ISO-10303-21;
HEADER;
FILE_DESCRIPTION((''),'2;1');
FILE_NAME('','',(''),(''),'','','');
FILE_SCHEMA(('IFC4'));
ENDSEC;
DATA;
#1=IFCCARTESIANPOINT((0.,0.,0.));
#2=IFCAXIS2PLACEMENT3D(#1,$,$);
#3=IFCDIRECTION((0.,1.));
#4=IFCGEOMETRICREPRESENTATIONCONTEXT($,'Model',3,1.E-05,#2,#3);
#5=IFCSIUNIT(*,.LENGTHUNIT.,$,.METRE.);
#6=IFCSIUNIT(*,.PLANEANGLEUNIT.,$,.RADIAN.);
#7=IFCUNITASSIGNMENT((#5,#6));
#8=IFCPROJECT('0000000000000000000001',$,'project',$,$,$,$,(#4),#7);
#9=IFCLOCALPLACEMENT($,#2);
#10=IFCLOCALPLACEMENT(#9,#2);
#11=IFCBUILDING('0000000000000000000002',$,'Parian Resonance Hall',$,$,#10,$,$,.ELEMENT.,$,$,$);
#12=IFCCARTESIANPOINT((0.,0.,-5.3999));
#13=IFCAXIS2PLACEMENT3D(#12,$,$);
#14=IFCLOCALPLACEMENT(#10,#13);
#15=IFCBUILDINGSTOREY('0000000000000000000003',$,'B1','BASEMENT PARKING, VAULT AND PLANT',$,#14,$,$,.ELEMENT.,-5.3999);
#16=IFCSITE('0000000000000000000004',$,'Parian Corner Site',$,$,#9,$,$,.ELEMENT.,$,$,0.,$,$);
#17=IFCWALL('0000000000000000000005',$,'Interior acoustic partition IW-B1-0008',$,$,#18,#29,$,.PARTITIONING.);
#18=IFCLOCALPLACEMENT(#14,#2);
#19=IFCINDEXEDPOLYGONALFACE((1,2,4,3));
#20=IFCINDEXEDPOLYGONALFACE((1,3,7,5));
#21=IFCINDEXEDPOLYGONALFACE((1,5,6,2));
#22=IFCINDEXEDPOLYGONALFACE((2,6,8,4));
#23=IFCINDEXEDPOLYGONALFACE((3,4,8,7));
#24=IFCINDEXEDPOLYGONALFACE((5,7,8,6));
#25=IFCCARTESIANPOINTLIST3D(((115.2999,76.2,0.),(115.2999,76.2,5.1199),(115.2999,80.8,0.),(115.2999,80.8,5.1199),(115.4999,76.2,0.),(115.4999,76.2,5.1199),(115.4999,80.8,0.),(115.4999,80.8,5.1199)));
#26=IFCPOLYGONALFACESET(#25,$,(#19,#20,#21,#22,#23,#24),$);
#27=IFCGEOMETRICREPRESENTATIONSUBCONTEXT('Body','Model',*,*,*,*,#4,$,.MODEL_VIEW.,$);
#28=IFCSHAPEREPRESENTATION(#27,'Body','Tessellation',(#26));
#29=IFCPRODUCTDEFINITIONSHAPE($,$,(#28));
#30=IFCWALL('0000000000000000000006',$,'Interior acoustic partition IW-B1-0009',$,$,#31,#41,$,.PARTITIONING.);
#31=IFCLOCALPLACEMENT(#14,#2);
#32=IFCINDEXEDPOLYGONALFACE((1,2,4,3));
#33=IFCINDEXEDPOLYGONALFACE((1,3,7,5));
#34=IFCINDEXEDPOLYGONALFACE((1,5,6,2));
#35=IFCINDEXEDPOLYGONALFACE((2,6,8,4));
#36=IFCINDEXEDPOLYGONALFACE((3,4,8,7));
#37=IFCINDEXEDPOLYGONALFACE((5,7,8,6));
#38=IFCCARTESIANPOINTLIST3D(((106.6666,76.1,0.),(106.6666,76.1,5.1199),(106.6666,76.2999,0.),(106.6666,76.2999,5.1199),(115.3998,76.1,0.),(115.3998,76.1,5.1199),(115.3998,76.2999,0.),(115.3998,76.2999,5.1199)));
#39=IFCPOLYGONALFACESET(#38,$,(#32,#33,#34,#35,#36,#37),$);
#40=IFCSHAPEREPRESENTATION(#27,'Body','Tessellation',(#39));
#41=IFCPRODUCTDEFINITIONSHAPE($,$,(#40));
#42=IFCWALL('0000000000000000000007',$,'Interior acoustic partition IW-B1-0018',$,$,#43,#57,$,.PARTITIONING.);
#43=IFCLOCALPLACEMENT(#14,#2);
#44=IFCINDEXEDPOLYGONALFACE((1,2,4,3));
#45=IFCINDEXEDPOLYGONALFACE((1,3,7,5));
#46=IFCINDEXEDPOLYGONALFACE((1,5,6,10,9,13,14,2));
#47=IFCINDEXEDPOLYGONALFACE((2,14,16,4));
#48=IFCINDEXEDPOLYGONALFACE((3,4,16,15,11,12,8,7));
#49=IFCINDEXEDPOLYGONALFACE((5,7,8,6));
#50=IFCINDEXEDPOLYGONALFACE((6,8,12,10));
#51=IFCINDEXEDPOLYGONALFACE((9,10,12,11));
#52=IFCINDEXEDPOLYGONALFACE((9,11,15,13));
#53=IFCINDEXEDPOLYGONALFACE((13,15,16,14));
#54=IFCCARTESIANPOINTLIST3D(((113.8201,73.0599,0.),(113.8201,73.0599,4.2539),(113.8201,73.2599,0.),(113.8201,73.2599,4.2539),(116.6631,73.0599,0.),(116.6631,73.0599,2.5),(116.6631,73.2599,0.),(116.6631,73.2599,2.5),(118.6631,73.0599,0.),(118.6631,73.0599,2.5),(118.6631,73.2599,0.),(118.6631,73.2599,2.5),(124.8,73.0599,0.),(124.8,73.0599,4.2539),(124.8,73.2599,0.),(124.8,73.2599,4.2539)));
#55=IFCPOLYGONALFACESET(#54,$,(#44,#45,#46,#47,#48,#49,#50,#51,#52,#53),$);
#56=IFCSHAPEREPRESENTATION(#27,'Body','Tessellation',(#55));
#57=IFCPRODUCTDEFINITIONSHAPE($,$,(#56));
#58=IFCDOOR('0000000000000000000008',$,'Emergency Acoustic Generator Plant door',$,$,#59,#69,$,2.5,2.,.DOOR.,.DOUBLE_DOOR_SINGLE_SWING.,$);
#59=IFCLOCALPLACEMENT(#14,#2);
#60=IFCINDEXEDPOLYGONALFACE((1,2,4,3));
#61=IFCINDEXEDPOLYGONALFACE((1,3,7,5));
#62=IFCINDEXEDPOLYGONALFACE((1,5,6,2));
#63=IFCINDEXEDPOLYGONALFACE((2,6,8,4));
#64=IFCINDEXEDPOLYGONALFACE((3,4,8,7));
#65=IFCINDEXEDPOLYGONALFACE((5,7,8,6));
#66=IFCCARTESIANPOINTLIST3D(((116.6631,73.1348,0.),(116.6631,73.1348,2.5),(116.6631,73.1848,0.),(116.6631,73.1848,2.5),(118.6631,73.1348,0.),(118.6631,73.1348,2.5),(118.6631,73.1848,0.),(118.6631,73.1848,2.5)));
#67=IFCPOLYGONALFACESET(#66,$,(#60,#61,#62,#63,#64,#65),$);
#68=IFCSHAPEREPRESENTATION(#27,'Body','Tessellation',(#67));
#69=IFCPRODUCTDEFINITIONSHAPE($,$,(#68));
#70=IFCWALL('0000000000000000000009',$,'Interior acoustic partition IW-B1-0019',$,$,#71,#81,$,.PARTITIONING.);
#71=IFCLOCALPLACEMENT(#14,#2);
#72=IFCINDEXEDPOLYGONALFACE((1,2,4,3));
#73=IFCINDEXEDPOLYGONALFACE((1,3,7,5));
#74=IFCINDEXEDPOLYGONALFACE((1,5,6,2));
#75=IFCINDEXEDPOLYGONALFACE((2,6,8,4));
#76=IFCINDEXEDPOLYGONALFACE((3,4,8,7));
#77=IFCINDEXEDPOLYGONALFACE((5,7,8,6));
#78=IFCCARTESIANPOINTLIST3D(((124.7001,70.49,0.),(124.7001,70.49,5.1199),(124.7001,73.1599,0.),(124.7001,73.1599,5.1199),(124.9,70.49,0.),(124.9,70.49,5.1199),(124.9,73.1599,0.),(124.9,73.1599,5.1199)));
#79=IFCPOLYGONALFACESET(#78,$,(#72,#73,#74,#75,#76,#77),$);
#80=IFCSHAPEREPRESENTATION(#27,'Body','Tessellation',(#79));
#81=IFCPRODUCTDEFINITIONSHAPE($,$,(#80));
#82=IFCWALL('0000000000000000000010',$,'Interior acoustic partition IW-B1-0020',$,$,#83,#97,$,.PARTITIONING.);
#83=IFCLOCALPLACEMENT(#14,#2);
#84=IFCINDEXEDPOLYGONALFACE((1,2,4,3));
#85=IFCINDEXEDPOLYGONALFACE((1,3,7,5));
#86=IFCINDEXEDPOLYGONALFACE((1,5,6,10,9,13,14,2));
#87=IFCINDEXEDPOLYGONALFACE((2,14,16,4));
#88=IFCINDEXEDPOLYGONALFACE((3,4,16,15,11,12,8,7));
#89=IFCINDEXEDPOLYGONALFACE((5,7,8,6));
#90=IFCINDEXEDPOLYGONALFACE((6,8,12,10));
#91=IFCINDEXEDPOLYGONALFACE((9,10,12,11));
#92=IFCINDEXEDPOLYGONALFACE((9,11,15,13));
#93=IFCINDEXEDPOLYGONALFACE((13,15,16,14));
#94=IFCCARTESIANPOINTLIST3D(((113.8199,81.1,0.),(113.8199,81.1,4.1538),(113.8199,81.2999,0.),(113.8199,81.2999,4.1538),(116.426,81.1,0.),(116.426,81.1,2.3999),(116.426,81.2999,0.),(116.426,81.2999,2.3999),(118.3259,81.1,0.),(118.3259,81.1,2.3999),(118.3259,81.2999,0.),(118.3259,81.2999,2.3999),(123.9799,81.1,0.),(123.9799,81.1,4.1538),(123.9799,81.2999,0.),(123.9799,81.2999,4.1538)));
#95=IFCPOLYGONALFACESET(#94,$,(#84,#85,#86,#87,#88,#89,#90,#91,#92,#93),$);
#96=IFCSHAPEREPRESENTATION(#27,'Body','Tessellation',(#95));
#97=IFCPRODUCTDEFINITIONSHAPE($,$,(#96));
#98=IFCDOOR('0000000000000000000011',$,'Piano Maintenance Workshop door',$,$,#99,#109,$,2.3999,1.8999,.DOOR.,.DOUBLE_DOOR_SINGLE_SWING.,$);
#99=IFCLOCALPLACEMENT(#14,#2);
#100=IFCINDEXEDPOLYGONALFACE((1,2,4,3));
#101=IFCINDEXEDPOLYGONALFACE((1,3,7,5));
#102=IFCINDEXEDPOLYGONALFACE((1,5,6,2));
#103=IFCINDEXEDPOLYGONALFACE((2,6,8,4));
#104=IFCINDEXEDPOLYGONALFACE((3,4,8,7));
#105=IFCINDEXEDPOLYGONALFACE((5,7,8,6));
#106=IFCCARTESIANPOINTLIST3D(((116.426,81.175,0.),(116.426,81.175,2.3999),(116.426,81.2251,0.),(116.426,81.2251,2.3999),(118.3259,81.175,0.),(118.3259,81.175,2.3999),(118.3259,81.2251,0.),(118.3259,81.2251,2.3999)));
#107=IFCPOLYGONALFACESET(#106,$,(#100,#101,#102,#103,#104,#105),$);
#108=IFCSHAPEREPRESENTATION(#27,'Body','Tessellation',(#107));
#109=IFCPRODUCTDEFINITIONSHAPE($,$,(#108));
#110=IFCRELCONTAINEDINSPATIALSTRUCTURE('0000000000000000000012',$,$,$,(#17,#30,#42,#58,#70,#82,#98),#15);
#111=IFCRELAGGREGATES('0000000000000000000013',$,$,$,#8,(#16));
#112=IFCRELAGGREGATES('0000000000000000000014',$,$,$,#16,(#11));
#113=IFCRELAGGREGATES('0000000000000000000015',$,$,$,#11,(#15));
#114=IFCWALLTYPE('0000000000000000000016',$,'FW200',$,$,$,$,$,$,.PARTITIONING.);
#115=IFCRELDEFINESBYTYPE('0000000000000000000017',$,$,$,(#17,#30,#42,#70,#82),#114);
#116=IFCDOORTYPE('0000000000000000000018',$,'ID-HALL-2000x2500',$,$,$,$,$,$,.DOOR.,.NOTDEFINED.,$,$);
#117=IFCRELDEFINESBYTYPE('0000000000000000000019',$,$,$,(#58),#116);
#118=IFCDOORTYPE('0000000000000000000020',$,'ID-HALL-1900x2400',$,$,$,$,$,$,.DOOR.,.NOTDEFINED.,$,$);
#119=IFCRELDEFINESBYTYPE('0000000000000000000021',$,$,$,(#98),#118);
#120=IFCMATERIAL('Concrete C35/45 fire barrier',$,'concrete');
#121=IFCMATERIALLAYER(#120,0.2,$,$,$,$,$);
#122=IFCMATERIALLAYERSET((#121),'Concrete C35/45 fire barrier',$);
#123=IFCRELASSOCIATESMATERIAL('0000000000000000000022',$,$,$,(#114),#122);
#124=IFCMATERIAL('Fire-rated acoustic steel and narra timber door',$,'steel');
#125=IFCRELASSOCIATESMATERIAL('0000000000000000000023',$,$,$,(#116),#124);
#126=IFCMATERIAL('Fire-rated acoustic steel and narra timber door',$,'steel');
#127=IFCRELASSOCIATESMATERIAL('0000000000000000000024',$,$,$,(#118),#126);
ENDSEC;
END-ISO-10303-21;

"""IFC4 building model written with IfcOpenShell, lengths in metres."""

from ifc_helpers import new_model, si_unit, direction, frame, frame_2d, origin, place, context, subcontext, project, spatial, rectangle, extrude, material, layer, layer_set, type_object, element, fill, save


model = new_model("IFC4")

# Units and contexts
model_context = context("Model", 3, precision=1e-05, world=origin(), true_north=direction((0.0, 1.0)))
body_context = subcontext(model_context, "Body", "Model", "MODEL_VIEW")
ifc_project = project(units=[si_unit("LENGTHUNIT", "METRE"), si_unit("PLANEANGLEUNIT", "RADIAN")], contexts=[model_context])

# Site, building, storey
site_placement = place(None, origin())
site = spatial("IfcSite", under=ifc_project, at=site_placement, Name="Parian Corner Site", CompositionType="ELEMENT", RefElevation=0.0)
building_placement = place(site_placement, origin())
building = spatial("IfcBuilding", under=site, at=building_placement, Name="Parian Resonance Hall", CompositionType="ELEMENT")
storey_placement = place(building_placement, frame((0.0, 0.0, -5.3999)))
storey = spatial("IfcBuildingStorey", under=building, at=storey_placement, Name="B1", Description="BASEMENT PARKING, VAULT AND PLANT", CompositionType="ELEMENT", Elevation=-5.3999)

# Walls
ifc_material_1 = material(Name="Concrete C35/45 fire barrier", Category="concrete")
ifc_layer_1 = layer(ifc_material_1, 0.2)
ifc_layer_set_1 = layer_set([ifc_layer_1], Name="Concrete C35/45 fire barrier")
wall_type_1 = type_object("IfcWallType", Name="FW200", PredefinedType="PARTITIONING", material=ifc_layer_set_1)
wall_1_placement = place(storey_placement, frame((115.3999, 80.8, 0.0), z_axis=(0.0, 0.0, 1.0), x_axis=(0.0, -1.0, 0.0)))
element("IfcWall", 1, at=wall_1_placement, inside=storey, type_object=wall_type_1, Name="Interior acoustic partition IW-B1-0008", PredefinedType="PARTITIONING", context=body_context, shape_type="SweptSolid", body=[
    extrude(rectangle(XDim=4.6001, YDim=0.2, at=frame_2d((2.3, 0.0))), origin(), (0.0, 0.0, 1.0), 5.1199),
])
wall_2_placement = place(storey_placement, frame((115.3999, 76.2, 0.0), z_axis=(0.0, 0.0, 1.0), x_axis=(-1.0, 0.0, 0.0)))
element("IfcWall", 2, at=wall_2_placement, inside=storey, type_object=wall_type_1, Name="Interior acoustic partition IW-B1-0009", PredefinedType="PARTITIONING", context=body_context, shape_type="SweptSolid", body=[
    extrude(rectangle(XDim=8.7332, YDim=0.2, at=frame_2d((4.3667, 0.0))), origin(), (0.0, 0.0, 1.0), 5.1199),
])

# Wall, opening, door
wall_3_placement = place(storey_placement, frame((113.8201, 73.1599, 0.0), z_axis=(0.0, 0.0, 1.0), x_axis=(1.0, 0.0, 0.0)))
wall_3 = element("IfcWall", 3, at=wall_3_placement, inside=storey, type_object=wall_type_1, Name="Interior acoustic partition IW-B1-0018", PredefinedType="PARTITIONING", context=body_context, shape_type="SweptSolid", body=[
    extrude(rectangle(XDim=10.98, YDim=0.2, at=frame_2d((5.49, 0.0))), origin(), (0.0, 0.0, 1.0), 4.2539),
])
opening_1_placement = place(wall_3_placement, frame((2.843, 0.0, 0.0)))
opening_1 = element("IfcOpeningElement", 4, at=opening_1_placement, cuts=wall_3, PredefinedType="OPENING", context=body_context, shape_type="SweptSolid", body=[
    extrude(rectangle(XDim=2.0, YDim=2.5, at=frame_2d((1.0, 1.25))), frame((0.0, 0.1099, 0.0), z_axis=(0.0, -1.0, 0.0), x_axis=(1.0, 0.0, 0.0)), (0.0, 0.0, 1.0), 0.22),
])
ifc_material_2 = material(Name="Fire-rated acoustic steel and narra timber door", Category="steel")
door_type_1 = type_object("IfcDoorType", Name="ID-HALL-2000x2500", OperationType="NOTDEFINED", PredefinedType="DOOR", material=ifc_material_2)
door_1_placement = place(opening_1_placement, origin())
door_1 = element("IfcDoor", 5, at=door_1_placement, inside=storey, type_object=door_type_1, Name="Emergency Acoustic Generator Plant door", OperationType="DOUBLE_DOOR_SINGLE_SWING", OverallHeight=2.5, OverallWidth=2.0, PredefinedType="DOOR", context=body_context, shape_type="SweptSolid", body=[
    extrude(rectangle(XDim=2.0, YDim=2.5, at=frame_2d((1.0, 1.25))), frame((0.0, 0.0249, 0.0), z_axis=(0.0, -1.0, 0.0), x_axis=(1.0, 0.0, 0.0)), (0.0, 0.0, 1.0), 0.05),
])
fill(opening_1, door_1)

# Wall
wall_4_placement = place(storey_placement, frame((124.8, 73.1599, 0.0), z_axis=(0.0, 0.0, 1.0), x_axis=(0.0, -1.0, 0.0)))
element("IfcWall", 6, at=wall_4_placement, inside=storey, type_object=wall_type_1, Name="Interior acoustic partition IW-B1-0019", PredefinedType="PARTITIONING", context=body_context, shape_type="SweptSolid", body=[
    extrude(rectangle(XDim=2.6699, YDim=0.2, at=frame_2d((1.335, 0.0))), origin(), (0.0, 0.0, 1.0), 5.1199),
])

# Wall, opening, door
wall_5_placement = place(storey_placement, frame((123.98, 81.2, 0.0), z_axis=(0.0, 0.0, 1.0), x_axis=(-1.0, 0.0, 0.0)))
wall_5 = element("IfcWall", 7, at=wall_5_placement, inside=storey, type_object=wall_type_1, Name="Interior acoustic partition IW-B1-0020", PredefinedType="PARTITIONING", context=body_context, shape_type="SweptSolid", body=[
    extrude(rectangle(XDim=10.1599, YDim=0.2, at=frame_2d((5.0801, 0.0))), origin(), (0.0, 0.0, 1.0), 4.1538),
])
opening_2_placement = place(wall_5_placement, frame((5.6541, 0.0, 0.0)))
opening_2 = element("IfcOpeningElement", 8, at=opening_2_placement, cuts=wall_5, PredefinedType="OPENING", context=body_context, shape_type="SweptSolid", body=[
    extrude(rectangle(XDim=1.8999, YDim=2.3999, at=frame_2d((0.95, 1.2))), frame((0.0, 0.1099, 0.0), z_axis=(0.0, -1.0, 0.0), x_axis=(1.0, 0.0, 0.0)), (0.0, 0.0, 1.0), 0.22),
])
ifc_material_3 = material(Name="Fire-rated acoustic steel and narra timber door", Category="steel")
door_type_2 = type_object("IfcDoorType", Name="ID-HALL-1900x2400", OperationType="NOTDEFINED", PredefinedType="DOOR", material=ifc_material_3)
door_2_placement = place(opening_2_placement, origin())
door_2 = element("IfcDoor", 9, at=door_2_placement, inside=storey, type_object=door_type_2, Name="Piano Maintenance Workshop door", OperationType="DOUBLE_DOOR_SINGLE_SWING", OverallHeight=2.3999, OverallWidth=1.8999, PredefinedType="DOOR", context=body_context, shape_type="SweptSolid", body=[
    extrude(rectangle(XDim=1.8999, YDim=2.3999, at=frame_2d((0.95, 1.2))), frame((0.0, 0.0249, 0.0), z_axis=(0.0, -1.0, 0.0), x_axis=(1.0, 0.0, 0.0)), (0.0, 0.0, 1.0), 0.05),
])
fill(opening_2, door_2)

save(model, "model.ifc")
